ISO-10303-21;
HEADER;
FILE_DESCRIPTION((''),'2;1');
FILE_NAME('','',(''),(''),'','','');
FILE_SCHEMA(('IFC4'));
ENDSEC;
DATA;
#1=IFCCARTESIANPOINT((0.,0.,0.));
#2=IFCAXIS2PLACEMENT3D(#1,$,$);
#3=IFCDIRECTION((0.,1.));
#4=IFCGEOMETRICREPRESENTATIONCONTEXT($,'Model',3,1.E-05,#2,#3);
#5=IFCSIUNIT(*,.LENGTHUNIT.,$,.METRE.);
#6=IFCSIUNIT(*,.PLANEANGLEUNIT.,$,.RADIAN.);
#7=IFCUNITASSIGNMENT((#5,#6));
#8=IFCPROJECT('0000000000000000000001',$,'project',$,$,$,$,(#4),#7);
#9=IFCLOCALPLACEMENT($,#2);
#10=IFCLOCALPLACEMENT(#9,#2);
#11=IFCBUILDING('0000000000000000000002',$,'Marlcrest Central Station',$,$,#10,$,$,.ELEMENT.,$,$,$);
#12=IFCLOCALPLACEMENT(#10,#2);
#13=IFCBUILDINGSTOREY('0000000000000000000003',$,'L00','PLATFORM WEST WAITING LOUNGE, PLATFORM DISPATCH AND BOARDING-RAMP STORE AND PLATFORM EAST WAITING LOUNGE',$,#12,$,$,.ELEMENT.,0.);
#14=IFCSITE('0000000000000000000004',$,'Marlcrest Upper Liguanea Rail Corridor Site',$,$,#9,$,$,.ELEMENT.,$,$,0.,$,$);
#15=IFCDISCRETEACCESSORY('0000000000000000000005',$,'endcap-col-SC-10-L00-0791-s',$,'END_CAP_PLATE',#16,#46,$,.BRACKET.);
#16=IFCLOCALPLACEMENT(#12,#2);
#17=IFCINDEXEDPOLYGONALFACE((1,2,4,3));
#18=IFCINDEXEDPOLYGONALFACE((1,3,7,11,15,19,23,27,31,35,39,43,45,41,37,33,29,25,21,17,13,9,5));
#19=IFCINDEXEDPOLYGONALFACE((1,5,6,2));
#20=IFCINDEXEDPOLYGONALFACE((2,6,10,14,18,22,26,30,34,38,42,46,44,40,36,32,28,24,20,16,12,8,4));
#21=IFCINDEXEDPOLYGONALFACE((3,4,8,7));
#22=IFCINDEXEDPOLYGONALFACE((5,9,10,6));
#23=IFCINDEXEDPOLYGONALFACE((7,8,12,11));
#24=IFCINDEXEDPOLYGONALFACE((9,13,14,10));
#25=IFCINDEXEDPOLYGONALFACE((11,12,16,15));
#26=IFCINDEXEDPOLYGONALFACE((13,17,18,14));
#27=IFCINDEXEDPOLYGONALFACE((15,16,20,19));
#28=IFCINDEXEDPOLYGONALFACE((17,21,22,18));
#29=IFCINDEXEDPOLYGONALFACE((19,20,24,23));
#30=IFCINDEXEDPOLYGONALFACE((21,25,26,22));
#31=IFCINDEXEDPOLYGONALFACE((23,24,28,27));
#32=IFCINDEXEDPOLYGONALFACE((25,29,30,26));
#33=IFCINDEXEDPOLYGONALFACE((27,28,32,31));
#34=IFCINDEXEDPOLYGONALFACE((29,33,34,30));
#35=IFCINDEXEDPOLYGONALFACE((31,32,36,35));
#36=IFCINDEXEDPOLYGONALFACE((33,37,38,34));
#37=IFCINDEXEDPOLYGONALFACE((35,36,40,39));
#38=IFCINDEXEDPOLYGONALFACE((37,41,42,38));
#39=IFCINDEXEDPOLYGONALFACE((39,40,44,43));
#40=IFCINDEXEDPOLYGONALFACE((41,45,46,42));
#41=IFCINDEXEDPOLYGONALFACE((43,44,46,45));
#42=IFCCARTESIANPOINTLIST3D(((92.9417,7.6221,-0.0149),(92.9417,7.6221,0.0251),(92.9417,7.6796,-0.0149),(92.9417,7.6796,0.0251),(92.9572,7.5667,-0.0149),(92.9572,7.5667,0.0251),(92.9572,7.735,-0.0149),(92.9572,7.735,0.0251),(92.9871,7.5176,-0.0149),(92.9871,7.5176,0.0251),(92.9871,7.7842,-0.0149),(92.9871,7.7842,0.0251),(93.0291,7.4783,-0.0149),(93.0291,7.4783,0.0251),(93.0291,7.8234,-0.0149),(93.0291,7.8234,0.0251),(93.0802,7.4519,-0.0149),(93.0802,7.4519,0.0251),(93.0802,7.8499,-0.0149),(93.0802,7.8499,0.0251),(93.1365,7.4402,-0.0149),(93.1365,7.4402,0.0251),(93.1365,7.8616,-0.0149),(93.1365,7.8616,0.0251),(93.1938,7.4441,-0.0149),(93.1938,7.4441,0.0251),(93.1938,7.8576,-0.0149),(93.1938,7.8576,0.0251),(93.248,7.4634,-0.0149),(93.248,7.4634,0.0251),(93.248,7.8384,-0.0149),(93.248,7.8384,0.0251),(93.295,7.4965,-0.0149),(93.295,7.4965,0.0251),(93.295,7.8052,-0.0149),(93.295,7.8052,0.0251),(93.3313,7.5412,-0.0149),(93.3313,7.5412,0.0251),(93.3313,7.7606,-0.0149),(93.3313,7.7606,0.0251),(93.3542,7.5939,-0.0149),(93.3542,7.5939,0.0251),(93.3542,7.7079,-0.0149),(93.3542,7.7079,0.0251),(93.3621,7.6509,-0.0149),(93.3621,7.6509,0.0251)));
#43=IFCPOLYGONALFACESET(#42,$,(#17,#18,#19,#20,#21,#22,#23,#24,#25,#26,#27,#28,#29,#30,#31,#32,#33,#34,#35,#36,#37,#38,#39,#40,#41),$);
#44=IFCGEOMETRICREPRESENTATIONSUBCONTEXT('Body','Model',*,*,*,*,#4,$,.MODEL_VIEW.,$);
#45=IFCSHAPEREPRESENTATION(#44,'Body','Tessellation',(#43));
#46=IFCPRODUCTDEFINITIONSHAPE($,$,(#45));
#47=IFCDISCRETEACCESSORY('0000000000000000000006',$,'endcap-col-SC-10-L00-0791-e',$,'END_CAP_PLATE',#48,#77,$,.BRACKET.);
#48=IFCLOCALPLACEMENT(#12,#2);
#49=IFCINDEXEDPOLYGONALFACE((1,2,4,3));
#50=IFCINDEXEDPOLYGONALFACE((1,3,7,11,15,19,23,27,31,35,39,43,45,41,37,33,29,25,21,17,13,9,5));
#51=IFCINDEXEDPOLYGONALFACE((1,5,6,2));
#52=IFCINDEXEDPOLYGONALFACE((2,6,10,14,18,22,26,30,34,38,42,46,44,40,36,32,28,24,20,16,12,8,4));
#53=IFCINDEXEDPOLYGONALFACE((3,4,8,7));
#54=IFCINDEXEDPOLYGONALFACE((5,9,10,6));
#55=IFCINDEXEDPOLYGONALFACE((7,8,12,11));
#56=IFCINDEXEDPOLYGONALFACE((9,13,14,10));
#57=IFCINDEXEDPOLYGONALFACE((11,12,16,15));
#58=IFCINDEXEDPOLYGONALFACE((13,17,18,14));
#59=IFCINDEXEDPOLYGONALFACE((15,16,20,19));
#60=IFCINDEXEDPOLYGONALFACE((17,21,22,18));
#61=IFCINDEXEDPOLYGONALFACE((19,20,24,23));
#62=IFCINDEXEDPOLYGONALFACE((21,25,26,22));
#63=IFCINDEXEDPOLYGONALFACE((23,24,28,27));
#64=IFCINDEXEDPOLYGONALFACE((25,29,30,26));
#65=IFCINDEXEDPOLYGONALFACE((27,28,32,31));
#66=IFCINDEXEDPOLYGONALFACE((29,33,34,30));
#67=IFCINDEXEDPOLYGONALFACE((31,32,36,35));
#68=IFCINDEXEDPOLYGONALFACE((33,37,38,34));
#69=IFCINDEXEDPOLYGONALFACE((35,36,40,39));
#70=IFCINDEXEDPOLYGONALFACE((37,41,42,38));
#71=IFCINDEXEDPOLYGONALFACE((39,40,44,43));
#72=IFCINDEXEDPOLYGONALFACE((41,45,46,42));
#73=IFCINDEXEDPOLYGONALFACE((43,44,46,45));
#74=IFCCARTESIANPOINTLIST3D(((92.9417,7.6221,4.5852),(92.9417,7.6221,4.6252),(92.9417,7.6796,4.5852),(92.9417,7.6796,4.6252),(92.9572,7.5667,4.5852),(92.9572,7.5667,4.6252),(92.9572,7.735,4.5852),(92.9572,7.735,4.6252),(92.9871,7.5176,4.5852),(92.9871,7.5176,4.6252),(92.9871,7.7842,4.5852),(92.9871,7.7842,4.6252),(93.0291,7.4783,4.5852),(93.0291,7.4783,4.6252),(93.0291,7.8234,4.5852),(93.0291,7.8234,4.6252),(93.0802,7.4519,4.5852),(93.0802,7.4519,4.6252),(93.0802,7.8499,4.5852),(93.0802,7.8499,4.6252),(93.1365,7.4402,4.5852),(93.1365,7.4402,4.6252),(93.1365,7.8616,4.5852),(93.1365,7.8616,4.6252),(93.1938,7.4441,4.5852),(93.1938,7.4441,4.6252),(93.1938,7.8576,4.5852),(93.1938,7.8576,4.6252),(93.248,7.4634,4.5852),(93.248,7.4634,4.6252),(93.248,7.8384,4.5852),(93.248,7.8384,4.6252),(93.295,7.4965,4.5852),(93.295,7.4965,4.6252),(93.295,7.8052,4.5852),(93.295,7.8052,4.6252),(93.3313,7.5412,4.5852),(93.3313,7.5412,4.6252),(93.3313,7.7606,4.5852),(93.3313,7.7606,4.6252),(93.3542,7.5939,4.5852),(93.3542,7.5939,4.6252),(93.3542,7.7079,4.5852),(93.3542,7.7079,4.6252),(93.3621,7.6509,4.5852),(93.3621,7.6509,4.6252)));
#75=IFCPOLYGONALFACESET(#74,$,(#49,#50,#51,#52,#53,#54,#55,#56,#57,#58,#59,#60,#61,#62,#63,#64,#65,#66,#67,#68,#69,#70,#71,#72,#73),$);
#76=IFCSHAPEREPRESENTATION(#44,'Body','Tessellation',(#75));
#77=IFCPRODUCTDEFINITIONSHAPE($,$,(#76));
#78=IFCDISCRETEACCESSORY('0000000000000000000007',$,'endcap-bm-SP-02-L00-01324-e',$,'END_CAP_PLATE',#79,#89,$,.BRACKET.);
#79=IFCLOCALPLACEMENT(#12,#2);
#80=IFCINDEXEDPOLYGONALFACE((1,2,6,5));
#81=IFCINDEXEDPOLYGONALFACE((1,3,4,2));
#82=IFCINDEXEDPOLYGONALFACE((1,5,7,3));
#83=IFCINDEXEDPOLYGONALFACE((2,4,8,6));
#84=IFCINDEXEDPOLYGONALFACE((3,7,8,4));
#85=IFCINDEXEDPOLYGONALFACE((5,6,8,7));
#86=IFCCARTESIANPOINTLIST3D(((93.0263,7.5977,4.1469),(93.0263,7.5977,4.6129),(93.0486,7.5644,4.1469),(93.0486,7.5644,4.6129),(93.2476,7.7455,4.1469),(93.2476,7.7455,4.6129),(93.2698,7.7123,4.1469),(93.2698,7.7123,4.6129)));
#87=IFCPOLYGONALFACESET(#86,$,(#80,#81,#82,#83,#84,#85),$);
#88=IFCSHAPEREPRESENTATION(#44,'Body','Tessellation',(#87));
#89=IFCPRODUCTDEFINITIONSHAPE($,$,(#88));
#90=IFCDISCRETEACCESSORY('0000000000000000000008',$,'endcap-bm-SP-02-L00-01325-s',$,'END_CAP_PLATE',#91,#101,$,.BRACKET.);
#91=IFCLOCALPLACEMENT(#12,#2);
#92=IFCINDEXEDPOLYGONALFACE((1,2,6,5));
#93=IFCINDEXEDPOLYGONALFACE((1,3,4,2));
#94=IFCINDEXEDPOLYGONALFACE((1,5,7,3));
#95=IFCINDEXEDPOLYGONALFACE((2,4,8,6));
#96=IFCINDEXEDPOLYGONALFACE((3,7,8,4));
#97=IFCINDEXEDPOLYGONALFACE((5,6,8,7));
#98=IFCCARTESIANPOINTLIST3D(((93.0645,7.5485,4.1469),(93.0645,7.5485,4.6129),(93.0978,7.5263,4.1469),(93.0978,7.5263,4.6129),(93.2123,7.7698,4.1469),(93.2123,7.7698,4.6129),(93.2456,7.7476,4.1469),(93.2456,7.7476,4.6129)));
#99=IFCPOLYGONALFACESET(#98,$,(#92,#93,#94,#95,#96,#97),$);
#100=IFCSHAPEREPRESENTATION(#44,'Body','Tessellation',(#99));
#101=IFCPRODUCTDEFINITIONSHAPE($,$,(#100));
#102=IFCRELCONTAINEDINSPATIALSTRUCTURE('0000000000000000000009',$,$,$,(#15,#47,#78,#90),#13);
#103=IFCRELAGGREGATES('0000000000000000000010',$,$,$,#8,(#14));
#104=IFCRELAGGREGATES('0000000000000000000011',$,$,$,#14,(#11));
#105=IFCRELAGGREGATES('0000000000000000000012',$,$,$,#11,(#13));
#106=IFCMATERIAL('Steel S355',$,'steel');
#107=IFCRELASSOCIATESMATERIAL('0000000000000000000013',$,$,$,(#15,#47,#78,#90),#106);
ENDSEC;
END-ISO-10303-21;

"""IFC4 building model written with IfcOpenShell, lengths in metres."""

from ifc_helpers import new_model, si_unit, direction, frame, origin, origin_2d, place, context, subcontext, project, spatial, rectangle, circle, extrude, material, element, save


model = new_model("IFC4")

# Units and contexts
model_context = context("Model", 3, precision=1e-05, world=origin(), true_north=direction((0.0, 1.0)))
body_context = subcontext(model_context, "Body", "Model", "MODEL_VIEW")
ifc_project = project(units=[si_unit("LENGTHUNIT", "METRE"), si_unit("PLANEANGLEUNIT", "RADIAN")], contexts=[model_context])

# Site, building, storey
site_placement = place(None, origin())
site = spatial("IfcSite", under=ifc_project, at=site_placement, Name="Marlcrest Upper Liguanea Rail Corridor Site", CompositionType="ELEMENT", RefElevation=0.0)
building_placement = place(site_placement, origin())
building = spatial("IfcBuilding", under=site, at=building_placement, Name="Marlcrest Central Station", CompositionType="ELEMENT")
storey_placement = place(building_placement, origin())
storey = spatial("IfcBuildingStorey", under=building, at=storey_placement, Name="L00", Description="PLATFORM WEST WAITING LOUNGE, PLATFORM DISPATCH AND BOARDING-RAMP STORE AND PLATFORM EAST WAITING LOUNGE", CompositionType="ELEMENT", Elevation=0.0)

# Shared definitions
ifc_material_1 = material(Name="Steel S355", Category="steel")

# Discrete accessories
for number, where, z_axis, x_axis, name in (
    (1, (93.1509, 7.6509, -0.0149), (0.0, 0.0, 1.0), (1.0, 0.0, 0.0), "endcap-col-SC-10-L00-0791-s"),
    (2, (93.1509, 7.6509, 4.5852), (0.0, 0.0, 1.0), (1.0, 0.0, 0.0), "endcap-col-SC-10-L00-0791-e"),
):
    element("IfcDiscreteAccessory", number, at=place(storey_placement, frame(where, z_axis=z_axis, x_axis=x_axis)), inside=storey, material=ifc_material_1, Name=name, ObjectType="END_CAP_PLATE", PredefinedType="BRACKET", context=body_context, shape_type="SweptSolid", body=[
        extrude(circle(Radius=0.2112, at=origin_2d()), origin(), (0.0, 0.0, 1.0), 0.04),
    ])
for number, where, z_axis, x_axis, name in (
    (3, (93.137, 7.6716, 4.3799), (0.555511, -0.831509, 0.0), (0.831509, 0.555511, 0.0), "endcap-bm-SP-02-L00-01324-e"),
    (4, (93.1384, 7.6592, 4.3799), (0.831509, -0.555511, 0.0), (0.555511, 0.831509, 0.0), "endcap-bm-SP-02-L00-01325-s"),
):
    element("IfcDiscreteAccessory", number, at=place(storey_placement, frame(where, z_axis=z_axis, x_axis=x_axis)), inside=storey, material=ifc_material_1, Name=name, ObjectType="END_CAP_PLATE", PredefinedType="BRACKET", context=body_context, shape_type="SweptSolid", body=[
        extrude(rectangle(XDim=0.2661, YDim=0.4661, at=origin_2d()), origin(), (0.0, 0.0, 1.0), 0.04),
    ])

save(model, "model.ifc")
